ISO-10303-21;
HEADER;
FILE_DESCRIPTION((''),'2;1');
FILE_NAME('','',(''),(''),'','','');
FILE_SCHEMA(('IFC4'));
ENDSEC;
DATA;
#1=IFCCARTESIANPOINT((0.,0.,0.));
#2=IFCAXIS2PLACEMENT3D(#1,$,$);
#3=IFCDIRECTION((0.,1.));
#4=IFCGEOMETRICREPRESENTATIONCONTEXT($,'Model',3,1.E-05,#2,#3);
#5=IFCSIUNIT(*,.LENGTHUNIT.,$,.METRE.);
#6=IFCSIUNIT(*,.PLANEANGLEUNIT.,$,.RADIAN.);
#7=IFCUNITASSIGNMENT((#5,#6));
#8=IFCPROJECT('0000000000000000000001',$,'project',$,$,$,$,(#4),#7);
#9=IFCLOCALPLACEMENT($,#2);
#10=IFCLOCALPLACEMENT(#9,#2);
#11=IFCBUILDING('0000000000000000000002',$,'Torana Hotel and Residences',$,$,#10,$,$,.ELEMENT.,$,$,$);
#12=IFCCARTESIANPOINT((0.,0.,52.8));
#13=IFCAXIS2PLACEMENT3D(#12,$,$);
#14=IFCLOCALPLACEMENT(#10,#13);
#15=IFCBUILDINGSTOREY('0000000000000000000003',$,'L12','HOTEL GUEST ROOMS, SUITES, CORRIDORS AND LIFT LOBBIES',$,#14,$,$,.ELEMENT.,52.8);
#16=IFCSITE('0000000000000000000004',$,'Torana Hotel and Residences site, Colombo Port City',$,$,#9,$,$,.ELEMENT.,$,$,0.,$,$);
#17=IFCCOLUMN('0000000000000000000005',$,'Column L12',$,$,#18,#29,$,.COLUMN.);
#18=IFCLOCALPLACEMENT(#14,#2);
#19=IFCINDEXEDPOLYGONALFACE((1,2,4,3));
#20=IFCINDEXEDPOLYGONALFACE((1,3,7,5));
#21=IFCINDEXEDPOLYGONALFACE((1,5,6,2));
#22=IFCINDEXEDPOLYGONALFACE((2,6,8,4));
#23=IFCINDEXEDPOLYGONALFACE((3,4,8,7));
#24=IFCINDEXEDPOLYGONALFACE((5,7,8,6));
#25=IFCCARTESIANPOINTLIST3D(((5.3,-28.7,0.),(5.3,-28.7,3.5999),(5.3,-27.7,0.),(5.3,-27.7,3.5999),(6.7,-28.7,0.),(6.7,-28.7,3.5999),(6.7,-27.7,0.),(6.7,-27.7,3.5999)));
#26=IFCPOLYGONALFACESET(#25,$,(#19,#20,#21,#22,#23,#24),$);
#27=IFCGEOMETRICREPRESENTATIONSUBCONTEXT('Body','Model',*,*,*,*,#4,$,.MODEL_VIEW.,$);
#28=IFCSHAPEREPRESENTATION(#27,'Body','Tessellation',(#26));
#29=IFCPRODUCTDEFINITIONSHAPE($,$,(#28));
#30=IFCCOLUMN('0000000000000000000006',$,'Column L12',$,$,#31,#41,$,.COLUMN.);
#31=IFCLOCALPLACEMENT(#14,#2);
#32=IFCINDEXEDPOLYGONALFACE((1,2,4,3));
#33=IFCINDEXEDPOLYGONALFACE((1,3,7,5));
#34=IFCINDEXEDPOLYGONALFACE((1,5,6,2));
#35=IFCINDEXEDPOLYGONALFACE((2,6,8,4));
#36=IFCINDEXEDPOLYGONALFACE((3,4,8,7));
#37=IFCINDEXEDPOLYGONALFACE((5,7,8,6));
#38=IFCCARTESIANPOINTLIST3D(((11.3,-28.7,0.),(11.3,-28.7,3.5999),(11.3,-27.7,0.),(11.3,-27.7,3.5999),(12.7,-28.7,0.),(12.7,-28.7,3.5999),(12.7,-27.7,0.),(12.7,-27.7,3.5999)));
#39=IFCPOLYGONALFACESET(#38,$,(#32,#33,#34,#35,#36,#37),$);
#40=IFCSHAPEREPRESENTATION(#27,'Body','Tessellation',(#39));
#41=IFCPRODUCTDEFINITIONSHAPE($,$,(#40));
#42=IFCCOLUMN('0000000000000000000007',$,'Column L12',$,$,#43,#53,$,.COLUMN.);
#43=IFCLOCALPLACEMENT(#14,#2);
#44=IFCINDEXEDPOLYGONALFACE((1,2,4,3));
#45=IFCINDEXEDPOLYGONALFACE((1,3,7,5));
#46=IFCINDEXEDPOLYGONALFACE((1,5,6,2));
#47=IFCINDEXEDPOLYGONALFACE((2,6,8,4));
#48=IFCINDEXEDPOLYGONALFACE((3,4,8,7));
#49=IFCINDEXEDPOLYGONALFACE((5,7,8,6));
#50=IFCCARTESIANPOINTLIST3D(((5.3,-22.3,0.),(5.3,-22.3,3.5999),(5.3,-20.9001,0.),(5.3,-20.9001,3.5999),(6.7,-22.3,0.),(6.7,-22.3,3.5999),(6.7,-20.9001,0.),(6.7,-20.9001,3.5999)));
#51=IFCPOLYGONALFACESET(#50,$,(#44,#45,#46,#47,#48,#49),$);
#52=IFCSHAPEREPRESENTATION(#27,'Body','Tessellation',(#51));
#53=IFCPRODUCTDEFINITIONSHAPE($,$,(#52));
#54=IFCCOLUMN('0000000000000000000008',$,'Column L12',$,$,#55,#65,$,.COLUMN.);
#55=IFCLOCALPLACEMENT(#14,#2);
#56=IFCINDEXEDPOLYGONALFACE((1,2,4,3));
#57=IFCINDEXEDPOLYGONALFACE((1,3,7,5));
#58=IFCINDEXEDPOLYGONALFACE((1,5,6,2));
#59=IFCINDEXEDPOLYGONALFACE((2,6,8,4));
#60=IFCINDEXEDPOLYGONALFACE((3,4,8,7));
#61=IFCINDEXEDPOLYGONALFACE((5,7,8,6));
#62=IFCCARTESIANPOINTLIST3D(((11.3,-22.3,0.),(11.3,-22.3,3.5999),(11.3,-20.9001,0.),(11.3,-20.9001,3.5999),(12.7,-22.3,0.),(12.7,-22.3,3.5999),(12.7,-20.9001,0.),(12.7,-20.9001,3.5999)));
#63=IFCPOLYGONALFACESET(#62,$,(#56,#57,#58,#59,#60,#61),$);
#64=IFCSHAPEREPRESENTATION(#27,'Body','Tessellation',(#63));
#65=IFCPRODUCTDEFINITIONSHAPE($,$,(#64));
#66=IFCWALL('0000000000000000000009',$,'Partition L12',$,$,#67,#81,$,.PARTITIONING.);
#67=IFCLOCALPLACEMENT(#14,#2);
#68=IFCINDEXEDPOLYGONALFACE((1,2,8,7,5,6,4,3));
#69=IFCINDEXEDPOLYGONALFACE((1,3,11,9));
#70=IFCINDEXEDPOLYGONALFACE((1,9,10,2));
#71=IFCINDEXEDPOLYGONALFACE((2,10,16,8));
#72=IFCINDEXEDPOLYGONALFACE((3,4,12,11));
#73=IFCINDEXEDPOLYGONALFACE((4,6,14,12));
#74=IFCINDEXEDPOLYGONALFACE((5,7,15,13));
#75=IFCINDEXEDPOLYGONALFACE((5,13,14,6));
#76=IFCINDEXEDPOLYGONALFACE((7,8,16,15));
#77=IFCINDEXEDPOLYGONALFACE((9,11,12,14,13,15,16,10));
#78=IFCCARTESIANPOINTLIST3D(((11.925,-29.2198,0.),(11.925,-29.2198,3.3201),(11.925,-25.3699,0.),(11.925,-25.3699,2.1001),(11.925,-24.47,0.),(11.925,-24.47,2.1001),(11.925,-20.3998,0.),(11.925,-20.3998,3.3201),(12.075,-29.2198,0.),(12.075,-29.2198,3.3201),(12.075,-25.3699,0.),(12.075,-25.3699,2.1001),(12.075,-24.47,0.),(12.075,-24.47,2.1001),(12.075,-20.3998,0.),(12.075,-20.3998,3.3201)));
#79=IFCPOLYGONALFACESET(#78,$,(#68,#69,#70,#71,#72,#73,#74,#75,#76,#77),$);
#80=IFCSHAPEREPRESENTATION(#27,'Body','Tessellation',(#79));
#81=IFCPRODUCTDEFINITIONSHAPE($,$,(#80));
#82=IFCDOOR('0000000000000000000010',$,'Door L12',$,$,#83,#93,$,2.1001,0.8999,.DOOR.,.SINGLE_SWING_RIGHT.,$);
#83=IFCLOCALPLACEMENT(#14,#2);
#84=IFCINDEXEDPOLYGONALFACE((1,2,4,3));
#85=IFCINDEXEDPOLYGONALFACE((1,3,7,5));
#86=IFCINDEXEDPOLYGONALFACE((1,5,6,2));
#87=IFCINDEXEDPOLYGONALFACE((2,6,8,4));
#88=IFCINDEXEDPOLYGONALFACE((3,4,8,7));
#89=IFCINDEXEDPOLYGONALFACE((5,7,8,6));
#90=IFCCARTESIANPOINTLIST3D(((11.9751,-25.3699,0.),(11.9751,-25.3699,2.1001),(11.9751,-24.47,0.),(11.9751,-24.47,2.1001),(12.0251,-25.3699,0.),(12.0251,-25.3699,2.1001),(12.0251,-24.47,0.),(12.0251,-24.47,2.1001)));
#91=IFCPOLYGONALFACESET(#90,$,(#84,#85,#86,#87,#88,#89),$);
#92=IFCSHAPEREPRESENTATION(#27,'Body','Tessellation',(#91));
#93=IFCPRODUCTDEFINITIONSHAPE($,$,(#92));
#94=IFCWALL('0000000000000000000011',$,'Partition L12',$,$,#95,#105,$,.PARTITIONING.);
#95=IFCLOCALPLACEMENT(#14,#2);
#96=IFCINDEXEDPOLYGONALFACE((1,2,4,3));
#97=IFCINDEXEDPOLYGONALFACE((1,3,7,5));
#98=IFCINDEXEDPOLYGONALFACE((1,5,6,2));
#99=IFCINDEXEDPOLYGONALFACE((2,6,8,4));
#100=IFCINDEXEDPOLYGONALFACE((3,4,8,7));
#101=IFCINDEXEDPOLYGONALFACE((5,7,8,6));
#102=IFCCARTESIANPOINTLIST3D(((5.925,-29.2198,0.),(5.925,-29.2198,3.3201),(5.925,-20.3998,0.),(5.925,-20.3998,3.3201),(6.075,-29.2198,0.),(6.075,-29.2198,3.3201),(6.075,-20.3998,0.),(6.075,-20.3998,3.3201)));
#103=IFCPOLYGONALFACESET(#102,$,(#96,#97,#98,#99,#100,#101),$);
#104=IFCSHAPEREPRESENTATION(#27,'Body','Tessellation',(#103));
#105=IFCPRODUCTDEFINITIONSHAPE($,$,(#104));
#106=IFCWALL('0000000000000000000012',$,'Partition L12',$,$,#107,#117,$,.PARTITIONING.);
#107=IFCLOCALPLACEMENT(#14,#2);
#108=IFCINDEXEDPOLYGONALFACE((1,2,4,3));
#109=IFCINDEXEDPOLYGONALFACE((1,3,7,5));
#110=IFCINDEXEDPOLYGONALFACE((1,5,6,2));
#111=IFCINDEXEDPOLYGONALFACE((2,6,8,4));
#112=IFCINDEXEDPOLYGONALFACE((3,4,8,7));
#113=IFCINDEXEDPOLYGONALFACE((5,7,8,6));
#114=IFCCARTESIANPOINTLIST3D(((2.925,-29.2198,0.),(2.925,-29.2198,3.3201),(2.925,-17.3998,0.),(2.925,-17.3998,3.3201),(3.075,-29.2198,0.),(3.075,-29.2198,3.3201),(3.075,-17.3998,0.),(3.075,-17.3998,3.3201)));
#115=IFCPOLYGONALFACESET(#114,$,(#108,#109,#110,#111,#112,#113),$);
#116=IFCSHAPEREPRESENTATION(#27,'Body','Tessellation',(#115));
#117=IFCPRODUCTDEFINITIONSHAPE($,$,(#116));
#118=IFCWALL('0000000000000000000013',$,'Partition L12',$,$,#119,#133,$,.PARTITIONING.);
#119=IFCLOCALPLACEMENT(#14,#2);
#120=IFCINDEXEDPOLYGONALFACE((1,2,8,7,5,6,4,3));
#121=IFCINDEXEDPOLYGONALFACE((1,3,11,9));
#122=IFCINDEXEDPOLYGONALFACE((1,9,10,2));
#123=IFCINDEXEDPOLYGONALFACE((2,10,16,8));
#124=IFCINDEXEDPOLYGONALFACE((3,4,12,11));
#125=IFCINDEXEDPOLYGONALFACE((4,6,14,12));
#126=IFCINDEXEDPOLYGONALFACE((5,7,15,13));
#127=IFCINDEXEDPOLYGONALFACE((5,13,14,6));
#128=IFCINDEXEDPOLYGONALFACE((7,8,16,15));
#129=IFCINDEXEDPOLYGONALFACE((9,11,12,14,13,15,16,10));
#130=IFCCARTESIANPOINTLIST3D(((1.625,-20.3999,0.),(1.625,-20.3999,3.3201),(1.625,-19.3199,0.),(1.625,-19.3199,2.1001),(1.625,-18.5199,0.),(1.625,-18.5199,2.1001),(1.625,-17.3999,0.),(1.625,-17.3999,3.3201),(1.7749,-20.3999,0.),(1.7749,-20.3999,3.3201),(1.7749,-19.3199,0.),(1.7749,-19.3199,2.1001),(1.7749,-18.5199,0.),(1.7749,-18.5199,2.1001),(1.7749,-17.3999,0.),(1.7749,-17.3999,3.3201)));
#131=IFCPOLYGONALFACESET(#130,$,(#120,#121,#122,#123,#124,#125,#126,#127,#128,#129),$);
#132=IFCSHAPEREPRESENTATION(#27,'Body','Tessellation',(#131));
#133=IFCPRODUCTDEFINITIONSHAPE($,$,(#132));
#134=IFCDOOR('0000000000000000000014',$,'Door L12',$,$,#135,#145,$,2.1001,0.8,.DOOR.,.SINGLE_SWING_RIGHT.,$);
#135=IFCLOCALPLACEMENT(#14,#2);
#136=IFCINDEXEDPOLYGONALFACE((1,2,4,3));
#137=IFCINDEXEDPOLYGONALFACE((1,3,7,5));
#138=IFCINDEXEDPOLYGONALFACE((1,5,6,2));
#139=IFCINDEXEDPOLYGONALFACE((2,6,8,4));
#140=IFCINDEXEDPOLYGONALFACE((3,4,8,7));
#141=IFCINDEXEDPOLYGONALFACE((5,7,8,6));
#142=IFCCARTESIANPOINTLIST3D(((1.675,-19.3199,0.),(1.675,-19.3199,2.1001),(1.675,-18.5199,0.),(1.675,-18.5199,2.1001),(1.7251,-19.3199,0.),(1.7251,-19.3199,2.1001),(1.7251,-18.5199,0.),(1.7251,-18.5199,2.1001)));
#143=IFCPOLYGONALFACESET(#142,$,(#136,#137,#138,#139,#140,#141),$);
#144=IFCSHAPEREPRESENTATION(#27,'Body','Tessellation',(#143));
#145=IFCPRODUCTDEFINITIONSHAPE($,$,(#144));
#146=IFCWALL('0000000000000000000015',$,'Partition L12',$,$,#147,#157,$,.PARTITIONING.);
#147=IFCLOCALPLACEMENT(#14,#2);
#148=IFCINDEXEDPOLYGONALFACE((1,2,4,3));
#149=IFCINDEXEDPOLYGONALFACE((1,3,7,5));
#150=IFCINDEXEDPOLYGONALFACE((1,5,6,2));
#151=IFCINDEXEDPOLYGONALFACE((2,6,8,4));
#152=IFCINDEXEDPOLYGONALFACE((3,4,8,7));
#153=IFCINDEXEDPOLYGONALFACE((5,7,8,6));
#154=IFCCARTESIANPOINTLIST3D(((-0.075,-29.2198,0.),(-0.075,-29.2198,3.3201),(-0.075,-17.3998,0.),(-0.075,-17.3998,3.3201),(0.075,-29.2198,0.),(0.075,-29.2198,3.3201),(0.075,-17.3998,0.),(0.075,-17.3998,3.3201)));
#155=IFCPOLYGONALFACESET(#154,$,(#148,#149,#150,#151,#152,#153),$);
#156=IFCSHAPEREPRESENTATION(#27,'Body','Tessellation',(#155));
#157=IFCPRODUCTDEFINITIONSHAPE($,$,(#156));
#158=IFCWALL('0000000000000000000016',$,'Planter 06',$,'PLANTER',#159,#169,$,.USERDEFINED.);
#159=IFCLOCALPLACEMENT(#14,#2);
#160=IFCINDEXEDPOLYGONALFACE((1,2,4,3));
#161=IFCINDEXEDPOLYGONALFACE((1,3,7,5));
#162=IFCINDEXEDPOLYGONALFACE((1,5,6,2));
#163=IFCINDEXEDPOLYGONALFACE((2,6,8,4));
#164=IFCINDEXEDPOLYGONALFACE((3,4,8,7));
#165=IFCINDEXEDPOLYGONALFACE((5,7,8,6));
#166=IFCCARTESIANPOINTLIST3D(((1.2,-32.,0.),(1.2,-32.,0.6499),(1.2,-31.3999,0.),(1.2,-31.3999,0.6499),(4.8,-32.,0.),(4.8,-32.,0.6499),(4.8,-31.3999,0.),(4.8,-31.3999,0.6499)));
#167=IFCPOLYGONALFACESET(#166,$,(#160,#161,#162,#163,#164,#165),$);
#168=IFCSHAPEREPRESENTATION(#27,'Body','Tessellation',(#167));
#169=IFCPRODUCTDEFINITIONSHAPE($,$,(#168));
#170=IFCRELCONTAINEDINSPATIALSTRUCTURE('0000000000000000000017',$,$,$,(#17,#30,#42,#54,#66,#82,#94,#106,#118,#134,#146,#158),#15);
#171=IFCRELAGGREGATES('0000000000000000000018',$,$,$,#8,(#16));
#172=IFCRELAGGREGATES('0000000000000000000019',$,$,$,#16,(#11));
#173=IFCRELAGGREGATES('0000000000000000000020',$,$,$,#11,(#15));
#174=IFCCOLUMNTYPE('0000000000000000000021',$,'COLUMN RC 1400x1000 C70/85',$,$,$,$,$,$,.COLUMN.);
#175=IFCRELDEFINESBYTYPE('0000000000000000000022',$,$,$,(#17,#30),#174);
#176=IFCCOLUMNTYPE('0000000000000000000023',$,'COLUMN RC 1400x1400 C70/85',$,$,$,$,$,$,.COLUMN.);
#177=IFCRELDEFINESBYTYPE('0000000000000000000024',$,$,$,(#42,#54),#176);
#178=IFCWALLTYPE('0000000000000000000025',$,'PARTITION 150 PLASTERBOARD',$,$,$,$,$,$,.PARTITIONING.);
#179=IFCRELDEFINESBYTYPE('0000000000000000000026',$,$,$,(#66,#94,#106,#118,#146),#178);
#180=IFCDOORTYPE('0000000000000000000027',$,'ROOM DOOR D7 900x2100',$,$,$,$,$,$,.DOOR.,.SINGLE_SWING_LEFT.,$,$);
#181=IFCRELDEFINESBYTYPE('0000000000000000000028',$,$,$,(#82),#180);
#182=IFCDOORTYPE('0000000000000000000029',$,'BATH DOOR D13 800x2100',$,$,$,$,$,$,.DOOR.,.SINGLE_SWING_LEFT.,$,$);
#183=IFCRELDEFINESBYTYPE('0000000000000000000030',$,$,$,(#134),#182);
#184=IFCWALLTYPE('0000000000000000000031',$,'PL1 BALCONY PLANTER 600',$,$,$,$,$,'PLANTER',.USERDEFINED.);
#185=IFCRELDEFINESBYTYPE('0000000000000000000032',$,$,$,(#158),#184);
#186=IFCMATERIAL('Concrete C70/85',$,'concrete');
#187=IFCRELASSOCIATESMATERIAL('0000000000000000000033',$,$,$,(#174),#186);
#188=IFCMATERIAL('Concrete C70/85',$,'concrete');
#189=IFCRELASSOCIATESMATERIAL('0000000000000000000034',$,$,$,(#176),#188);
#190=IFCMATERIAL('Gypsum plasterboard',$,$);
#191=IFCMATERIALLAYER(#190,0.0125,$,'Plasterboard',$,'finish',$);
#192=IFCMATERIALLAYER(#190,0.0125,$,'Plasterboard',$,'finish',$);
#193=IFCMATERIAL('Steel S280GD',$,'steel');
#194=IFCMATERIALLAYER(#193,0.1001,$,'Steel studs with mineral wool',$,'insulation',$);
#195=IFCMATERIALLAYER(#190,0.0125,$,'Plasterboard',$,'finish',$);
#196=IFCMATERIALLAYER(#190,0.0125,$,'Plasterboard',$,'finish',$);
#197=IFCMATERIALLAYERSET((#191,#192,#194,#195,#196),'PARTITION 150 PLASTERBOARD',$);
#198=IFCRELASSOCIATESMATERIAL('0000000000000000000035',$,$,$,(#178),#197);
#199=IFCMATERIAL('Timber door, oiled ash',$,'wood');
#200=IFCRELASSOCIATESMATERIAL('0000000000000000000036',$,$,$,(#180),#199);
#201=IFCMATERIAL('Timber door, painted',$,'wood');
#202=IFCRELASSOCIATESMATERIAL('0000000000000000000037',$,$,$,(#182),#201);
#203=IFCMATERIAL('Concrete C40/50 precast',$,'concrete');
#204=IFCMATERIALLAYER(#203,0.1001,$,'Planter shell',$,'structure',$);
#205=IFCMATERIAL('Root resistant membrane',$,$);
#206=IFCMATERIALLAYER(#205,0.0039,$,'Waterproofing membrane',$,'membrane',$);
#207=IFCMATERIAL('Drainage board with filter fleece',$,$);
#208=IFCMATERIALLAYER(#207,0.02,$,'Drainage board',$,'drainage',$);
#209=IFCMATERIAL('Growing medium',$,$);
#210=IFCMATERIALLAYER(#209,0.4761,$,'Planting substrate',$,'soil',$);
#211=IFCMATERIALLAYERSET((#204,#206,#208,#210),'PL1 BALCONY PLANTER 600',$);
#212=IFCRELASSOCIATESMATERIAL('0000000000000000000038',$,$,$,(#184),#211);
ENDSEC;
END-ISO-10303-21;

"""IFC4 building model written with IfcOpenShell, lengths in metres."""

from ifc_helpers import new_model, si_unit, direction, frame, frame_2d, origin, origin_2d, place, context, subcontext, project, spatial, rectangle, extrude, material, layer, layer_set, material_profile, profile_set, type_object, element, fill, save


model = new_model("IFC4")

# Units and contexts
model_context = context("Model", 3, precision=1e-05, world=origin(), true_north=direction((0.0, 1.0)))
body_context = subcontext(model_context, "Body", "Model", "MODEL_VIEW")
ifc_project = project(units=[si_unit("LENGTHUNIT", "METRE"), si_unit("PLANEANGLEUNIT", "RADIAN")], contexts=[model_context])

# Site, building, storey
site_placement = place(None, origin())
site = spatial("IfcSite", under=ifc_project, at=site_placement, Name="Torana Hotel and Residences site, Colombo Port City", CompositionType="ELEMENT", RefElevation=0.0)
building_placement = place(site_placement, origin())
building = spatial("IfcBuilding", under=site, at=building_placement, Name="Torana Hotel and Residences", CompositionType="ELEMENT")
storey_placement = place(building_placement, frame((0.0, 0.0, 52.8)))
storey = spatial("IfcBuildingStorey", under=building, at=storey_placement, Name="L12", Description="HOTEL GUEST ROOMS, SUITES, CORRIDORS AND LIFT LOBBIES", CompositionType="ELEMENT", Elevation=52.8)

# Columns
ifc_material_1 = material(Name="Concrete C70/85", Category="concrete")
ifc_material_profile_1 = material_profile(ifc_material_1, rectangle(XDim=1.3999, YDim=1.0, at=origin_2d()), Name="RC 1400x1000")
ifc_profile_set_1 = profile_set([ifc_material_profile_1], Name="Concrete C70/85")
column_type_1 = type_object("IfcColumnType", Name="COLUMN RC 1400x1000 C70/85", PredefinedType="COLUMN", material=ifc_profile_set_1)
for number, where, z_axis, x_axis, name in (
    (1, (6.0, -28.2, 0.0), (0.0, 0.0, 1.0), (1.0, 0.0, 0.0), "Column L12"),
    (2, (12.0, -28.2, 0.0), (0.0, 0.0, 1.0), (1.0, 0.0, 0.0), "Column L12"),
):
    element("IfcColumn", number, at=place(storey_placement, frame(where, z_axis=z_axis, x_axis=x_axis)), inside=storey, type_object=column_type_1, Name=name, PredefinedType="COLUMN", context=body_context, shape_type="SweptSolid", body=[
        extrude(rectangle(XDim=1.3999, YDim=1.0, at=origin_2d()), origin(), (0.0, 0.0, 1.0), 3.5999),
    ])
ifc_material_2 = material(Name="Concrete C70/85", Category="concrete")
ifc_material_profile_2 = material_profile(ifc_material_2, rectangle(XDim=1.3999, YDim=1.3999, at=origin_2d()), Name="RC 1400x1400")
ifc_profile_set_2 = profile_set([ifc_material_profile_2], Name="Concrete C70/85")
column_type_2 = type_object("IfcColumnType", Name="COLUMN RC 1400x1400 C70/85", PredefinedType="COLUMN", material=ifc_profile_set_2)
for number, where, z_axis, x_axis, name in (
    (3, (6.0, -21.6001, 0.0), (0.0, 0.0, 1.0), (1.0, 0.0, 0.0), "Column L12"),
    (4, (12.0, -21.6001, 0.0), (0.0, 0.0, 1.0), (1.0, 0.0, 0.0), "Column L12"),
):
    element("IfcColumn", number, at=place(storey_placement, frame(where, z_axis=z_axis, x_axis=x_axis)), inside=storey, type_object=column_type_2, Name=name, PredefinedType="COLUMN", context=body_context, shape_type="SweptSolid", body=[
        extrude(rectangle(XDim=1.3999, YDim=1.3999, at=origin_2d()), origin(), (0.0, 0.0, 1.0), 3.5999),
    ])

# Wall, opening, door
ifc_material_3 = material(Name="Gypsum plasterboard")
ifc_layer_1 = layer(ifc_material_3, 0.0125, Name="Plasterboard", Category="finish")
ifc_layer_2 = layer(ifc_material_3, 0.0125, Name="Plasterboard", Category="finish")
ifc_material_4 = material(Name="Steel S280GD", Category="steel")
ifc_layer_3 = layer(ifc_material_4, 0.1001, Name="Steel studs with mineral wool", Category="insulation")
ifc_layer_4 = layer(ifc_material_3, 0.0125, Name="Plasterboard", Category="finish")
ifc_layer_5 = layer(ifc_material_3, 0.0125, Name="Plasterboard", Category="finish")
ifc_layer_set_1 = layer_set([ifc_layer_1, ifc_layer_2, ifc_layer_3, ifc_layer_4, ifc_layer_5], Name="PARTITION 150 PLASTERBOARD")
wall_type_1 = type_object("IfcWallType", Name="PARTITION 150 PLASTERBOARD", PredefinedType="PARTITIONING", material=ifc_layer_set_1)
wall_1_placement = place(storey_placement, frame((12.0, -29.22, 0.0), z_axis=(0.0, 0.0, 1.0), x_axis=(0.0, 1.0, 0.0)))
wall_1 = element("IfcWall", 5, at=wall_1_placement, inside=storey, type_object=wall_type_1, Name="Partition L12", PredefinedType="PARTITIONING", context=body_context, shape_type="SweptSolid", body=[
    extrude(rectangle(XDim=8.8201, YDim=0.1499, at=frame_2d((4.4102, 0.0))), origin(), (0.0, 0.0, 1.0), 3.3201),
])
opening_1_placement = place(wall_1_placement, frame((3.8501, 0.0, 0.0)))
opening_1 = element("IfcOpeningElement", 6, at=opening_1_placement, cuts=wall_1, PredefinedType="OPENING", context=body_context, shape_type="SweptSolid", body=[
    extrude(rectangle(XDim=0.8999, YDim=2.1001, at=frame_2d((0.45, 1.05))), frame((0.0, 0.085, 0.0), z_axis=(0.0, -1.0, 0.0), x_axis=(1.0, 0.0, 0.0)), (0.0, 0.0, 1.0), 0.1699),
])
ifc_material_5 = material(Name="Timber door, oiled ash", Category="wood")
door_type_1 = type_object("IfcDoorType", Name="ROOM DOOR D7 900x2100", OperationType="SINGLE_SWING_LEFT", PredefinedType="DOOR", material=ifc_material_5)
door_1_placement = place(opening_1_placement, origin())
door_1 = element("IfcDoor", 7, at=door_1_placement, inside=storey, type_object=door_type_1, Name="Door L12", OperationType="SINGLE_SWING_RIGHT", OverallHeight=2.1001, OverallWidth=0.8999, PredefinedType="DOOR", context=body_context, shape_type="SweptSolid", body=[
    extrude(rectangle(XDim=0.8999, YDim=2.1001, at=frame_2d((0.45, 1.05))), frame((0.0, 0.0249, 0.0), z_axis=(0.0, -1.0, 0.0), x_axis=(1.0, 0.0, 0.0)), (0.0, 0.0, 1.0), 0.05),
])
fill(opening_1, door_1)

# Walls
wall_2_placement = place(storey_placement, frame((6.0, -29.22, 0.0), z_axis=(0.0, 0.0, 1.0), x_axis=(0.0, 1.0, 0.0)))
element("IfcWall", 8, at=wall_2_placement, inside=storey, type_object=wall_type_1, Name="Partition L12", PredefinedType="PARTITIONING", context=body_context, shape_type="SweptSolid", body=[
    extrude(rectangle(XDim=8.8201, YDim=0.1499, at=frame_2d((4.4102, 0.0))), origin(), (0.0, 0.0, 1.0), 3.3201),
])
wall_3_placement = place(storey_placement, frame((3.0, -29.22, 0.0), z_axis=(0.0, 0.0, 1.0), x_axis=(0.0, 1.0, 0.0)))
element("IfcWall", 9, at=wall_3_placement, inside=storey, type_object=wall_type_1, Name="Partition L12", PredefinedType="PARTITIONING", context=body_context, shape_type="SweptSolid", body=[
    extrude(rectangle(XDim=11.8201, YDim=0.1499, at=frame_2d((5.9102, 0.0))), origin(), (0.0, 0.0, 1.0), 3.3201),
])

# Wall, opening, door
wall_4_placement = place(storey_placement, frame((1.7, -20.3999, 0.0), z_axis=(0.0, 0.0, 1.0), x_axis=(0.0, 1.0, 0.0)))
wall_4 = element("IfcWall", 10, at=wall_4_placement, inside=storey, type_object=wall_type_1, Name="Partition L12", PredefinedType="PARTITIONING", context=body_context, shape_type="SweptSolid", body=[
    extrude(rectangle(XDim=3.0, YDim=0.1499, at=frame_2d((1.5, 0.0))), origin(), (0.0, 0.0, 1.0), 3.3201),
])
opening_2_placement = place(wall_4_placement, frame((1.0801, 0.0, 0.0)))
opening_2 = element("IfcOpeningElement", 11, at=opening_2_placement, cuts=wall_4, PredefinedType="OPENING", context=body_context, shape_type="SweptSolid", body=[
    extrude(rectangle(XDim=0.8, YDim=2.1001, at=frame_2d((0.3999, 1.05))), frame((0.0, 0.085, 0.0), z_axis=(0.0, -1.0, 0.0), x_axis=(1.0, 0.0, 0.0)), (0.0, 0.0, 1.0), 0.1699),
])
ifc_material_6 = material(Name="Timber door, painted", Category="wood")
door_type_2 = type_object("IfcDoorType", Name="BATH DOOR D13 800x2100", OperationType="SINGLE_SWING_LEFT", PredefinedType="DOOR", material=ifc_material_6)
door_2_placement = place(opening_2_placement, origin())
door_2 = element("IfcDoor", 12, at=door_2_placement, inside=storey, type_object=door_type_2, Name="Door L12", OperationType="SINGLE_SWING_RIGHT", OverallHeight=2.1001, OverallWidth=0.8, PredefinedType="DOOR", context=body_context, shape_type="SweptSolid", body=[
    extrude(rectangle(XDim=0.8, YDim=2.1001, at=frame_2d((0.3999, 1.05))), frame((0.0, 0.0249, 0.0), z_axis=(0.0, -1.0, 0.0), x_axis=(1.0, 0.0, 0.0)), (0.0, 0.0, 1.0), 0.05),
])
fill(opening_2, door_2)

# Walls
wall_5_placement = place(storey_placement, frame((0.0, -29.22, 0.0), z_axis=(0.0, 0.0, 1.0), x_axis=(0.0, 1.0, 0.0)))
element("IfcWall", 13, at=wall_5_placement, inside=storey, type_object=wall_type_1, Name="Partition L12", PredefinedType="PARTITIONING", context=body_context, shape_type="SweptSolid", body=[
    extrude(rectangle(XDim=11.8201, YDim=0.1499, at=frame_2d((5.9102, 0.0))), origin(), (0.0, 0.0, 1.0), 3.3201),
])
ifc_material_7 = material(Name="Concrete C40/50 precast", Category="concrete")
ifc_layer_6 = layer(ifc_material_7, 0.1001, Name="Planter shell", Category="structure")
ifc_material_8 = material(Name="Root resistant membrane")
ifc_layer_7 = layer(ifc_material_8, 0.0039, Name="Waterproofing membrane", Category="membrane")
ifc_material_9 = material(Name="Drainage board with filter fleece")
ifc_layer_8 = layer(ifc_material_9, 0.02, Name="Drainage board", Category="drainage")
ifc_material_10 = material(Name="Growing medium")
ifc_layer_9 = layer(ifc_material_10, 0.4761, Name="Planting substrate", Category="soil")
ifc_layer_set_2 = layer_set([ifc_layer_6, ifc_layer_7, ifc_layer_8, ifc_layer_9], Name="PL1 BALCONY PLANTER 600")
wall_type_2 = type_object("IfcWallType", Name="PL1 BALCONY PLANTER 600", ElementType="PLANTER", PredefinedType="USERDEFINED", material=ifc_layer_set_2)
for number, where, z_axis, x_axis, name in (
    (14, (4.8, -31.7, 0.0), (0.0, 0.0, 1.0), (-1.0, 0.0, 0.0), "Planter 06"),
):
    element("IfcWall", number, at=place(storey_placement, frame(where, z_axis=z_axis, x_axis=x_axis)), inside=storey, type_object=wall_type_2, Name=name, ObjectType="PLANTER", PredefinedType="USERDEFINED", context=body_context, shape_type="SweptSolid", body=[
        extrude(rectangle(XDim=3.6001, YDim=0.6001, at=frame_2d((1.8, 0.0))), origin(), (0.0, 0.0, 1.0), 0.6499),
    ])

save(model, "model.ifc")
